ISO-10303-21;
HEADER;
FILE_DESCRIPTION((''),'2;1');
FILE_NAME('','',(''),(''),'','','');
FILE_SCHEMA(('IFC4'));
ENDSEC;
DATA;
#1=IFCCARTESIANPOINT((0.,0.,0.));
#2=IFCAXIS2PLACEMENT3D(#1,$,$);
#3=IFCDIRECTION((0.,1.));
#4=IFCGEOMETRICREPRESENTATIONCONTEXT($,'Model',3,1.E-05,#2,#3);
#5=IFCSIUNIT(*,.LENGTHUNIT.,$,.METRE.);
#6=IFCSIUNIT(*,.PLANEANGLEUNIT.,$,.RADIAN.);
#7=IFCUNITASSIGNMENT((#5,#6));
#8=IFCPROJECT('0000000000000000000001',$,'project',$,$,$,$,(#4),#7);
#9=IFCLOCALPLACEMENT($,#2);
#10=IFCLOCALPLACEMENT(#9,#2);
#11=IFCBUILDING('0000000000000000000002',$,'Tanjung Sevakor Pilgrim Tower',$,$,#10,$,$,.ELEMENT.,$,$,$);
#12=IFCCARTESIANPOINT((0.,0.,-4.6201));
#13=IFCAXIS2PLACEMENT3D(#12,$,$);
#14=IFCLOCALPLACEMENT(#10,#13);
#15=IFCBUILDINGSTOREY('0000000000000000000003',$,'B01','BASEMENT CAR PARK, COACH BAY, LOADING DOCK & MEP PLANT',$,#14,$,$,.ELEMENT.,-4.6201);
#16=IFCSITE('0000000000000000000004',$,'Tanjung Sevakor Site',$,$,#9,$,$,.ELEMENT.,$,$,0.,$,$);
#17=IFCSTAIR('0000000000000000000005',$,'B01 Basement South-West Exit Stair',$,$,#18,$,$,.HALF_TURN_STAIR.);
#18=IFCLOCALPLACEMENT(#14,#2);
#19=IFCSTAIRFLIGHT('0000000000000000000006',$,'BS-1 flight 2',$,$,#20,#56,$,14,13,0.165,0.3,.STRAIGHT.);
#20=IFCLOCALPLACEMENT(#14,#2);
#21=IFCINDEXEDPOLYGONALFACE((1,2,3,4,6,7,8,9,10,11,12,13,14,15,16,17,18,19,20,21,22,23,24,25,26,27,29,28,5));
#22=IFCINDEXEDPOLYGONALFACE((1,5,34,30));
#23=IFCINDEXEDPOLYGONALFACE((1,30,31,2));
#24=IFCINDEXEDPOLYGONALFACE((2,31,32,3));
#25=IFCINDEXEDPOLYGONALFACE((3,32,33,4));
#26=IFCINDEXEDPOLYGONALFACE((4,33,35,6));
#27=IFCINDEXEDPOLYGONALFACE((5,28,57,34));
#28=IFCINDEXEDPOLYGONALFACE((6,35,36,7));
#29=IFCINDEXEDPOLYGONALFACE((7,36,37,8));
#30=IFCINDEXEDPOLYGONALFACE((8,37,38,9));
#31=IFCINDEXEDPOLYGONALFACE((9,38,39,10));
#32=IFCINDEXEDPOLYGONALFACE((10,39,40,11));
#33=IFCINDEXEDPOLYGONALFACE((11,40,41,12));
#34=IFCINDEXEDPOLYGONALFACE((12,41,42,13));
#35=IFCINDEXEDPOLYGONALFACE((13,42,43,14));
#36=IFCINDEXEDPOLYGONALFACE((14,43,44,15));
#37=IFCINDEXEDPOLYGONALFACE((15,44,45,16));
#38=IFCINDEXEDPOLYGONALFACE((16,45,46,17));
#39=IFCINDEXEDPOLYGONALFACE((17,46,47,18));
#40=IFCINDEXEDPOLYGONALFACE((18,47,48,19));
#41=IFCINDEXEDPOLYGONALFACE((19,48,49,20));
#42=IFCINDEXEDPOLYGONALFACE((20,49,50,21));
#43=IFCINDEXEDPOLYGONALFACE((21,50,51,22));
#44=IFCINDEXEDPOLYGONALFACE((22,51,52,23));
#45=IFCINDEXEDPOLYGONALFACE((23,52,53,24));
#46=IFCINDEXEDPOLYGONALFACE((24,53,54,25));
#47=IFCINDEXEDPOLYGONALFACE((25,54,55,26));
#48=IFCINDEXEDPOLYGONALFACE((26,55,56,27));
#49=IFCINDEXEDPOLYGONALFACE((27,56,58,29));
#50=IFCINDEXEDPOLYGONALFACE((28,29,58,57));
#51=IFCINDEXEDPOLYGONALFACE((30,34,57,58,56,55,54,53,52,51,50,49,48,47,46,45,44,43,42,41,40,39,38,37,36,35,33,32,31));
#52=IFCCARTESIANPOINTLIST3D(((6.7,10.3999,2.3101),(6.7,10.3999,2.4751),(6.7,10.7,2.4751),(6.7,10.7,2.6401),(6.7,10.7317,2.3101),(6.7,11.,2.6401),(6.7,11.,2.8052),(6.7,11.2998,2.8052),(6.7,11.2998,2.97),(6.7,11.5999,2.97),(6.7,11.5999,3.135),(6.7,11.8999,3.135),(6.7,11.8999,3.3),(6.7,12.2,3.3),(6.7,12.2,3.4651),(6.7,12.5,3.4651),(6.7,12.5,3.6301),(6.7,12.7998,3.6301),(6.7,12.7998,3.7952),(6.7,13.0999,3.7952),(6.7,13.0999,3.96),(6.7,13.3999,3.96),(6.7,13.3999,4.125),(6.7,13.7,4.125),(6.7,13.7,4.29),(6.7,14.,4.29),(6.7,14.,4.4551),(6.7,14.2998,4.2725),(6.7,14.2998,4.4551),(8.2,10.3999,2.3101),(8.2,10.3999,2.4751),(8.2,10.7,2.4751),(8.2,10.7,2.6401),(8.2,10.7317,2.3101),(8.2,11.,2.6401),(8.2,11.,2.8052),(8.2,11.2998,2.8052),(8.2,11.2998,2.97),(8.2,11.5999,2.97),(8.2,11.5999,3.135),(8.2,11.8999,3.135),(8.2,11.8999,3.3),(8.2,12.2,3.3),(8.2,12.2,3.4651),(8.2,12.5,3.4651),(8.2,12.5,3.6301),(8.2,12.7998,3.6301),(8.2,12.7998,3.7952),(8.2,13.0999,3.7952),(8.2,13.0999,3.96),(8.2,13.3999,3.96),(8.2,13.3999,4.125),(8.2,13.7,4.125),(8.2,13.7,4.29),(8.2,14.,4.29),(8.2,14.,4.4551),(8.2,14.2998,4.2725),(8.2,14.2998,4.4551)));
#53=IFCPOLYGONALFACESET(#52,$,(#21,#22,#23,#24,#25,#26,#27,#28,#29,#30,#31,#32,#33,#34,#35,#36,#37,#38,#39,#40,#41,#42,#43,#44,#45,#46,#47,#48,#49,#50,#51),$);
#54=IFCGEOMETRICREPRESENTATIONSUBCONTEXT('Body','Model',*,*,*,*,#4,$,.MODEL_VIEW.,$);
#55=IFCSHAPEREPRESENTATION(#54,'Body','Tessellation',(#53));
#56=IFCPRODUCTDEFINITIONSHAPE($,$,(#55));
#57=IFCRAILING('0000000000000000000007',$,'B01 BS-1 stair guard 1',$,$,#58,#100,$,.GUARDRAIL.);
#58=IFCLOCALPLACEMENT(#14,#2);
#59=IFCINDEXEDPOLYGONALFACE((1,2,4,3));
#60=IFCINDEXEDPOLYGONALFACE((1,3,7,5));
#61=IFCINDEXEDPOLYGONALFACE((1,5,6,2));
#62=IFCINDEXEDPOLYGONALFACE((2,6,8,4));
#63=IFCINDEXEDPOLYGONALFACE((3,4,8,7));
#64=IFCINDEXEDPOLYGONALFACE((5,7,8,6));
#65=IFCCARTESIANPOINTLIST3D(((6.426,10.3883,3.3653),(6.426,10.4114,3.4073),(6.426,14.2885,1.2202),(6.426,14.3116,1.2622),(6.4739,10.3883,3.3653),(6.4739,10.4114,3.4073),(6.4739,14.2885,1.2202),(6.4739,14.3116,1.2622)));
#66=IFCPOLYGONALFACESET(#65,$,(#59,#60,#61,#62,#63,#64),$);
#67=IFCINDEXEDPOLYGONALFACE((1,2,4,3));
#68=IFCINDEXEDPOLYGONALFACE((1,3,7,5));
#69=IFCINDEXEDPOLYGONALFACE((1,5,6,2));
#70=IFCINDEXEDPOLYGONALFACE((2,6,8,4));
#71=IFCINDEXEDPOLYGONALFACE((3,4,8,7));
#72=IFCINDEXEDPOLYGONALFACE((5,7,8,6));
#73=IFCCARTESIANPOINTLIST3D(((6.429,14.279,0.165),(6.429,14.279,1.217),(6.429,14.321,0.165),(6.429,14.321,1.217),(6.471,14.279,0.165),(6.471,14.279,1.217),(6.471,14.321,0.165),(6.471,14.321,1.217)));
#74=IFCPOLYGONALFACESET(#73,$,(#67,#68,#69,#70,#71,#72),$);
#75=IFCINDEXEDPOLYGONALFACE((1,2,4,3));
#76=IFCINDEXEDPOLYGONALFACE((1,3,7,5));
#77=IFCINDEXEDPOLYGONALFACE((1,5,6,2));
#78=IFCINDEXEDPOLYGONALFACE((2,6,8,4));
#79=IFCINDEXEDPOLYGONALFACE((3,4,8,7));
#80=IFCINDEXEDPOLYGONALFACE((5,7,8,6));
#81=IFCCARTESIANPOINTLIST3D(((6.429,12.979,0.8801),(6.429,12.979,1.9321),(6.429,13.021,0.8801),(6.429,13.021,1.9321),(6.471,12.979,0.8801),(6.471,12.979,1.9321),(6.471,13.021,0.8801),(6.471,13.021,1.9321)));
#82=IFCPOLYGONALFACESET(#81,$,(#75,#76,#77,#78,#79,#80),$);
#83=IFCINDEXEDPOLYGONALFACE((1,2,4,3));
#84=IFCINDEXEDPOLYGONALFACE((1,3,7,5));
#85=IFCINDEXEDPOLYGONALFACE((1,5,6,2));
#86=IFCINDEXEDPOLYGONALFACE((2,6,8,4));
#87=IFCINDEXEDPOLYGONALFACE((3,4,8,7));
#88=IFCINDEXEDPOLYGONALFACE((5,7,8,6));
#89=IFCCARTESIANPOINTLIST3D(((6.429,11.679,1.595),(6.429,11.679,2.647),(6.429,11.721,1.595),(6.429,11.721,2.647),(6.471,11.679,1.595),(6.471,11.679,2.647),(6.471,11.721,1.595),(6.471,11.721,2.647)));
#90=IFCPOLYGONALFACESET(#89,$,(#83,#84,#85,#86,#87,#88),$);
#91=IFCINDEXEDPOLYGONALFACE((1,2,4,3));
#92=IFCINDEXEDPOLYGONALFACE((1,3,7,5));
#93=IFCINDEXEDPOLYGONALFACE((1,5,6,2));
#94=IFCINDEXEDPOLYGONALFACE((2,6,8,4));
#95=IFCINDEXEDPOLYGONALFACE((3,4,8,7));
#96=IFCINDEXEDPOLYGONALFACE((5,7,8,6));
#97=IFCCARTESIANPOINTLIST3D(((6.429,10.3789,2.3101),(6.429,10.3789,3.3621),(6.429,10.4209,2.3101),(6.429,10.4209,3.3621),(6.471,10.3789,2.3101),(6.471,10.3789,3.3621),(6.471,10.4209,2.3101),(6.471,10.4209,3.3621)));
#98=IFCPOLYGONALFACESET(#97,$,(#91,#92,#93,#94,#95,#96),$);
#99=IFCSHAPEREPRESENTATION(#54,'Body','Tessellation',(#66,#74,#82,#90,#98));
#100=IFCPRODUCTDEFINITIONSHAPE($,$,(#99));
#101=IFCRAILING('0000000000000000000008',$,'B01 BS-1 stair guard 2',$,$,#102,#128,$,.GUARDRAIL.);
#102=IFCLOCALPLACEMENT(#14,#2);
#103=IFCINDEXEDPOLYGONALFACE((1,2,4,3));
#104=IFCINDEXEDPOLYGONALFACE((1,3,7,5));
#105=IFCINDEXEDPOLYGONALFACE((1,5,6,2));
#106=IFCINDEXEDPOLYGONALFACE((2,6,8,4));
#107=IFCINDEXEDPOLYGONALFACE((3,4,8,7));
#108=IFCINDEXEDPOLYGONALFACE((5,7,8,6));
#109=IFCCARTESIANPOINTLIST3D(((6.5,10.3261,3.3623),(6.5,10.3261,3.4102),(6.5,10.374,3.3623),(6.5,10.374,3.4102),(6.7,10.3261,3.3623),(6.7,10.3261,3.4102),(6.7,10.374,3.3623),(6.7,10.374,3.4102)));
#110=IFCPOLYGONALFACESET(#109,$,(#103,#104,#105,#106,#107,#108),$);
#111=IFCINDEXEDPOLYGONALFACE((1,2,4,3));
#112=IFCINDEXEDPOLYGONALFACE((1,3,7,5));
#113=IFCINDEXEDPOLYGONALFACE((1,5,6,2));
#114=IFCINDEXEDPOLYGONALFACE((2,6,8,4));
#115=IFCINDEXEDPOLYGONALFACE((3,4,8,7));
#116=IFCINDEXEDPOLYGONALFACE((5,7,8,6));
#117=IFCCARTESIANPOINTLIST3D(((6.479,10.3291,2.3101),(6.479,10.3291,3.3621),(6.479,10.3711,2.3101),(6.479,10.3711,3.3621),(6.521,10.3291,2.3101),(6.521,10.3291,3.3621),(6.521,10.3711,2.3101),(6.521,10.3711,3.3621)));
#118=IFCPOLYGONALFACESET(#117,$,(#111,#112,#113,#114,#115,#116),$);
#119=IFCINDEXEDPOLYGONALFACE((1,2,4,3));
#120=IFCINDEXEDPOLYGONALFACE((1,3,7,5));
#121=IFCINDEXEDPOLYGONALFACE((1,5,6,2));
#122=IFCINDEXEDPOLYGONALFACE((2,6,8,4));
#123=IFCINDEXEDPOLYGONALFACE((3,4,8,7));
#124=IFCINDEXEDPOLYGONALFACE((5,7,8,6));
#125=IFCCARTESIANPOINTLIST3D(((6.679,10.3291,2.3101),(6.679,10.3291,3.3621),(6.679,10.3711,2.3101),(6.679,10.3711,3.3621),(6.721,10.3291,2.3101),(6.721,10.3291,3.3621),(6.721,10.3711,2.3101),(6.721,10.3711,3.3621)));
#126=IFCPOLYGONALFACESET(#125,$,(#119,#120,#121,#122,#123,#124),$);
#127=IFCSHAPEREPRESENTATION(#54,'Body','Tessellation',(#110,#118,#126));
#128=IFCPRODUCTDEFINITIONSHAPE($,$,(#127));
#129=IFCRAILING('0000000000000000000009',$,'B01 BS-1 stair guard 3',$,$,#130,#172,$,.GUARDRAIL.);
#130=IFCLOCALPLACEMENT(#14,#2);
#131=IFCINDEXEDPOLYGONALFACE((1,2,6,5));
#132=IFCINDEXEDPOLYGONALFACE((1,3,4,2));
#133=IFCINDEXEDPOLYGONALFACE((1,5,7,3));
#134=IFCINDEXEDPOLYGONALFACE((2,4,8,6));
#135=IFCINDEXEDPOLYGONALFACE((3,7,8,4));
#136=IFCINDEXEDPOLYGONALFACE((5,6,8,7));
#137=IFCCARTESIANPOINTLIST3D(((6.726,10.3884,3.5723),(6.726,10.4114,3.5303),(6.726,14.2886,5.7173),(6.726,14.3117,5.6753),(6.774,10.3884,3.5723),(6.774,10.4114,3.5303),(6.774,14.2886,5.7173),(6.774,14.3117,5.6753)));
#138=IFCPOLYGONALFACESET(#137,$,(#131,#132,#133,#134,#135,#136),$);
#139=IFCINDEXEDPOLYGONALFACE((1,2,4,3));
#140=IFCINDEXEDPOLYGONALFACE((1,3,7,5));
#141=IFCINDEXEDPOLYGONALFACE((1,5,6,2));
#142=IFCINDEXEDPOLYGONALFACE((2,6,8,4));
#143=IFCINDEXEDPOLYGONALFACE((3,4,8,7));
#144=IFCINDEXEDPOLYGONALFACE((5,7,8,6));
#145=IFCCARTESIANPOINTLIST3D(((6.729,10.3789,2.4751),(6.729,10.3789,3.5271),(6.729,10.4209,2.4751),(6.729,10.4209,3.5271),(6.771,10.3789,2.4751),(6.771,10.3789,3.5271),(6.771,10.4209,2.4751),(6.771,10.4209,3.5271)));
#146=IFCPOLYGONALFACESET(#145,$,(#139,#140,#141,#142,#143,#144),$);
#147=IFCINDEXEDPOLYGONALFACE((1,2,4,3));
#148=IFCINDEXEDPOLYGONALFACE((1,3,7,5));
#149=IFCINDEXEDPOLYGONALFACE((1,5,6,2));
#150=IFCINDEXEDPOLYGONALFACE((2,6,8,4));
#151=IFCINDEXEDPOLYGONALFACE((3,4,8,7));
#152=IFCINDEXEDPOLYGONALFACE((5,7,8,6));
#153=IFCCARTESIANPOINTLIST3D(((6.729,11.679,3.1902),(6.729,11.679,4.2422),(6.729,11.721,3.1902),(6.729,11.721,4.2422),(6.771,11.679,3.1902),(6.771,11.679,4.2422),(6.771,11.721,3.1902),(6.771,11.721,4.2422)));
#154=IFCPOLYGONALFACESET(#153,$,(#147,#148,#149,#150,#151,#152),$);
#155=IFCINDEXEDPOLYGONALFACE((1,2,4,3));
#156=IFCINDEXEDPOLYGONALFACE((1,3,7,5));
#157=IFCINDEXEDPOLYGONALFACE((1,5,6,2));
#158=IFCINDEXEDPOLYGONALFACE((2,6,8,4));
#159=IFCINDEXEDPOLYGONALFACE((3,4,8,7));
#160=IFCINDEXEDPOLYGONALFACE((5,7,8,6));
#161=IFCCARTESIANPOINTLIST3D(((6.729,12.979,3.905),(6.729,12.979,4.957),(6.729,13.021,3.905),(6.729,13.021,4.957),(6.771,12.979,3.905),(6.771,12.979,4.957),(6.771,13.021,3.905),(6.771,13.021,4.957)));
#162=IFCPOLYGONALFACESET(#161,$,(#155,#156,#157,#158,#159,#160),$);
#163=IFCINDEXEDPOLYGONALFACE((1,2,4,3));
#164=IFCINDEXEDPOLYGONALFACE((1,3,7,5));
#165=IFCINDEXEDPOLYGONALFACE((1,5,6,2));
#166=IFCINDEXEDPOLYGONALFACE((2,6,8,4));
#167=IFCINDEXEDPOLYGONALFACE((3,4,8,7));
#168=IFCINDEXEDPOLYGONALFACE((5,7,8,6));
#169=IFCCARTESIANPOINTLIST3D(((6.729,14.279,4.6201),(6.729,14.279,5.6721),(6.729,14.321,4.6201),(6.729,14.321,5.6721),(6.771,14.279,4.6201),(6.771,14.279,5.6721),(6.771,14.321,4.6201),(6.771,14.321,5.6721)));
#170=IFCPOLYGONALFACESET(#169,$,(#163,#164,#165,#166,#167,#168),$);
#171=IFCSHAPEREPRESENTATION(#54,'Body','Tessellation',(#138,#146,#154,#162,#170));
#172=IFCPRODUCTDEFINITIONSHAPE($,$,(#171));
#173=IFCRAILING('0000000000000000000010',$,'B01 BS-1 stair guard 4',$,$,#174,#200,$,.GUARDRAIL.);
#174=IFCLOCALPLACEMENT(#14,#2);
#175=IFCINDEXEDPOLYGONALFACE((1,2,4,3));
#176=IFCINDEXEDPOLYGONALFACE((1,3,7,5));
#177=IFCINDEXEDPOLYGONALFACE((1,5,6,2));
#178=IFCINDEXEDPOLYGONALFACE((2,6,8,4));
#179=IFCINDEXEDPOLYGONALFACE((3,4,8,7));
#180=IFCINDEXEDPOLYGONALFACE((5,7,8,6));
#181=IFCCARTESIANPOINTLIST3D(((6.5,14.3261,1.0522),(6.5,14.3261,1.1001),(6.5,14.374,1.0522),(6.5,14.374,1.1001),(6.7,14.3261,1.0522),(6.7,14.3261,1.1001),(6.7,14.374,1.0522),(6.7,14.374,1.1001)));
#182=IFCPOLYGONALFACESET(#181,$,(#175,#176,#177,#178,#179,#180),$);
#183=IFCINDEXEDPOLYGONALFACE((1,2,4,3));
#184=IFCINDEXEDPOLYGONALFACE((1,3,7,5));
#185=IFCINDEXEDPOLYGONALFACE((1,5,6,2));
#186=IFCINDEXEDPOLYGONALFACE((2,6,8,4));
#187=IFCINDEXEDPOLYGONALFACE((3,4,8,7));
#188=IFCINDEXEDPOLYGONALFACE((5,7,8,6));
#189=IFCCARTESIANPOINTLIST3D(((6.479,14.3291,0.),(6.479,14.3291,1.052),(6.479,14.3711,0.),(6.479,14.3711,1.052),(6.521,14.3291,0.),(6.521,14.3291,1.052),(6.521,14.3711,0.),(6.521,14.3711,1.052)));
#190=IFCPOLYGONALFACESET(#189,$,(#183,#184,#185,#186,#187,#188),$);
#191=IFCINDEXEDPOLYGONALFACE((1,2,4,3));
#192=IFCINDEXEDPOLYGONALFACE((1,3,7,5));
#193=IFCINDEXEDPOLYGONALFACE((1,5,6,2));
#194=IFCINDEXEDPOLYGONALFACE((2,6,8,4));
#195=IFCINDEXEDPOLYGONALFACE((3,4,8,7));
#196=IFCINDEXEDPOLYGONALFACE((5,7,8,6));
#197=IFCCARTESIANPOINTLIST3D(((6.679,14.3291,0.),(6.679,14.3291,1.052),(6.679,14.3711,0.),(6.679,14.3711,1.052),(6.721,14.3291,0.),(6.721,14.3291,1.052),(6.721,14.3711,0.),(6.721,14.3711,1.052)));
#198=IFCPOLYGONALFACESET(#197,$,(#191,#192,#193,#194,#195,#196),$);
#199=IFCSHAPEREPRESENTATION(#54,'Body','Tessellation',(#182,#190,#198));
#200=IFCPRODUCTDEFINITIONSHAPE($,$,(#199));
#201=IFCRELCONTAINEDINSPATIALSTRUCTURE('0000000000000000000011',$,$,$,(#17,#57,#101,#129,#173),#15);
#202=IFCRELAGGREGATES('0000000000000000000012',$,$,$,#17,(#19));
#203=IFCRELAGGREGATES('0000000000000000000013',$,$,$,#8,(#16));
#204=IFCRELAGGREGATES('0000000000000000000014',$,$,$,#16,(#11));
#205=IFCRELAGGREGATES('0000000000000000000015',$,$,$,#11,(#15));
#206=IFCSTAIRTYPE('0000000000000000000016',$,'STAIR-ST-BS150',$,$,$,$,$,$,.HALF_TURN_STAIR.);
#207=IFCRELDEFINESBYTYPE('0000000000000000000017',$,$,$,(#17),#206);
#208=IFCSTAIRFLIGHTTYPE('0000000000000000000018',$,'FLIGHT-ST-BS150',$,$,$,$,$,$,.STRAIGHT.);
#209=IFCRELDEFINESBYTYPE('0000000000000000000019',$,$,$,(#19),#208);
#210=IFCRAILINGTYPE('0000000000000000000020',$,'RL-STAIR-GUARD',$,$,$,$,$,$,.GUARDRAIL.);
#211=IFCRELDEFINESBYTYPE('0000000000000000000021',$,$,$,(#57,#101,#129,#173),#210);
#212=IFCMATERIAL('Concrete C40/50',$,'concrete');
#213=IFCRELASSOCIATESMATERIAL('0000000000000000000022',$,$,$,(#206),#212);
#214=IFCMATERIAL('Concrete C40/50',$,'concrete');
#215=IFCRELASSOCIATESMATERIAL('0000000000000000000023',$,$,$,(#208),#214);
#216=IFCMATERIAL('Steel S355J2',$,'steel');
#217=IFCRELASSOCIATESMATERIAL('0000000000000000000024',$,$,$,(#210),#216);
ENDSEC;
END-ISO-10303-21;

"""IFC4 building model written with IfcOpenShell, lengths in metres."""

from ifc_helpers import new_model, si_unit, direction, frame, origin, place, context, subcontext, project, spatial, polyline, rectangle, outline, extrude, material, type_object, element, aggregate, save


model = new_model("IFC4")

# Units and contexts
model_context = context("Model", 3, precision=1e-05, world=origin(), true_north=direction((0.0, 1.0)))
body_context = subcontext(model_context, "Body", "Model", "MODEL_VIEW")
ifc_project = project(units=[si_unit("LENGTHUNIT", "METRE"), si_unit("PLANEANGLEUNIT", "RADIAN")], contexts=[model_context])

# Site, building, storey
site_placement = place(None, origin())
site = spatial("IfcSite", under=ifc_project, at=site_placement, Name="Tanjung Sevakor Site", CompositionType="ELEMENT", RefElevation=0.0)
building_placement = place(site_placement, origin())
building = spatial("IfcBuilding", under=site, at=building_placement, Name="Tanjung Sevakor Pilgrim Tower", CompositionType="ELEMENT")
storey_placement = place(building_placement, frame((0.0, 0.0, -4.6201)))
storey = spatial("IfcBuildingStorey", under=building, at=storey_placement, Name="B01", Description="BASEMENT CAR PARK, COACH BAY, LOADING DOCK & MEP PLANT", CompositionType="ELEMENT", Elevation=-4.6201)

# Stair, stair flight
ifc_material_1 = material(Name="Concrete C40/50", Category="concrete")
stair_type = type_object("IfcStairType", Name="STAIR-ST-BS150", PredefinedType="HALF_TURN_STAIR", material=ifc_material_1)
stair_placement = place(storey_placement, origin())
stair = element("IfcStair", 1, at=stair_placement, inside=storey, type_object=stair_type, Name="B01 Basement South-West Exit Stair", PredefinedType="HALF_TURN_STAIR")
ifc_material_2 = material(Name="Concrete C40/50", Category="concrete")
stair_flight_type = type_object("IfcStairFlightType", Name="FLIGHT-ST-BS150", PredefinedType="STRAIGHT", material=ifc_material_2)
stair_flight_1_placement = place(storey_placement, frame((7.45, 10.3999, 2.3101), z_axis=(0.0, 0.0, 1.0), x_axis=(0.0, 1.0, 0.0)))
stair_flight_1 = element("IfcStairFlight", 2, at=stair_flight_1_placement, type_object=stair_flight_type, Name="BS-1 flight 2", NumberOfRisers=14, NumberOfTreads=13, PredefinedType="STRAIGHT", RiserHeight=0.165, TreadLength=0.3, context=body_context, shape_type="SweptSolid", body=[
    extrude(outline(polyline([(0.0, 0.0), (0.0, 0.165), (0.3, 0.165), (0.3, 0.3301), (0.6001, 0.3301), (0.6001, 0.4951), (0.8999, 0.4951), (0.8999, 0.6599), (1.2, 0.6599), (1.2, 0.825), (1.5, 0.825), (1.5, 0.99), (1.8, 0.99), (1.8, 1.155), (2.1001, 1.155), (2.1001, 1.3201), (2.3999, 1.3201), (2.3999, 1.4851), (2.7, 1.4851), (2.7, 1.6499), (3.0, 1.6499), (3.0, 1.8149), (3.3, 1.8149), (3.3, 1.98), (3.6001, 1.98), (3.6001, 2.145), (3.8999, 2.145), (3.8999, 2.3101), (3.8999, 1.9624), (0.3318, 0.0), (0.0, 0.0)])), frame((0.0, 0.75, 0.0), z_axis=(0.0, -1.0, 0.0), x_axis=(1.0, 0.0, 0.0)), (0.0, 0.0, 1.0), 1.5),
])
aggregate(stair, [stair_flight_1])

# Railings
ifc_material_3 = material(Name="Steel S355J2", Category="steel")
railing_type_1 = type_object("IfcRailingType", Name="RL-STAIR-GUARD", PredefinedType="GUARDRAIL", material=ifc_material_3)
railing_1_placement = place(storey_placement, frame((6.45, 14.3, 0.165)))
element("IfcRailing", 3, at=railing_1_placement, inside=storey, type_object=railing_type_1, Name="B01 BS-1 stair guard 1", PredefinedType="GUARDRAIL", context=body_context, shape_type="SweptSolid", body=[
    extrude(rectangle(XDim=0.0479, YDim=0.0479), frame((0.0, 0.0, 1.0762), z_axis=(0.0, -0.876222, 0.481908), x_axis=(1.0, 0.0, 0.0)), (0.0, 0.0, 1.0), 4.4512),
    extrude(rectangle(XDim=0.042, YDim=0.042), origin(), (0.0, 0.0, 1.0), 1.052),
    extrude(rectangle(XDim=0.042, YDim=0.042), frame((0.0, -1.3, 0.7151)), (0.0, 0.0, 1.0), 1.052),
    extrude(rectangle(XDim=0.042, YDim=0.042), frame((0.0, -2.6001, 1.4299)), (0.0, 0.0, 1.0), 1.052),
    extrude(rectangle(XDim=0.042, YDim=0.042), frame((0.0, -3.9001, 2.145)), (0.0, 0.0, 1.0), 1.052),
])
railing_2_placement = place(storey_placement, frame((6.5, 10.3501, 2.3101)))
element("IfcRailing", 4, at=railing_2_placement, inside=storey, type_object=railing_type_1, Name="B01 BS-1 stair guard 2", PredefinedType="GUARDRAIL", context=body_context, shape_type="SweptSolid", body=[
    extrude(rectangle(XDim=0.0479, YDim=0.0479), frame((0.0, 0.0, 1.0762), z_axis=(1.0, 0.0, 0.0), x_axis=(0.0, 1.0, 0.0)), (0.0, 0.0, 1.0), 0.2),
    extrude(rectangle(XDim=0.042, YDim=0.042), origin(), (0.0, 0.0, 1.0), 1.052),
    extrude(rectangle(XDim=0.042, YDim=0.042), frame((0.2, 0.0, 0.0)), (0.0, 0.0, 1.0), 1.052),
])
railing_3_placement = place(storey_placement, frame((6.75, 10.3999, 2.4751)))
element("IfcRailing", 5, at=railing_3_placement, inside=storey, type_object=railing_type_1, Name="B01 BS-1 stair guard 3", PredefinedType="GUARDRAIL", context=body_context, shape_type="SweptSolid", body=[
    extrude(rectangle(XDim=0.0479, YDim=0.0479), frame((0.0, 0.0, 1.0762), z_axis=(0.0, 0.876222, 0.481908), x_axis=(-1.0, 0.0, 0.0)), (0.0, 0.0, 1.0), 4.4512),
    extrude(rectangle(XDim=0.042, YDim=0.042), origin(), (0.0, 0.0, 1.0), 1.052),
    extrude(rectangle(XDim=0.042, YDim=0.042), frame((0.0, 1.3, 0.7151)), (0.0, 0.0, 1.0), 1.052),
    extrude(rectangle(XDim=0.042, YDim=0.042), frame((0.0, 2.6001, 1.4299)), (0.0, 0.0, 1.0), 1.052),
    extrude(rectangle(XDim=0.042, YDim=0.042), frame((0.0, 3.9001, 2.145)), (0.0, 0.0, 1.0), 1.052),
])
railing_4_placement = place(storey_placement, frame((6.5, 14.3501, 0.0)))
element("IfcRailing", 6, at=railing_4_placement, inside=storey, type_object=railing_type_1, Name="B01 BS-1 stair guard 4", PredefinedType="GUARDRAIL", context=body_context, shape_type="SweptSolid", body=[
    extrude(rectangle(XDim=0.0479, YDim=0.0479), frame((0.0, 0.0, 1.0762), z_axis=(1.0, 0.0, 0.0), x_axis=(0.0, 1.0, 0.0)), (0.0, 0.0, 1.0), 0.2),
    extrude(rectangle(XDim=0.042, YDim=0.042), origin(), (0.0, 0.0, 1.0), 1.052),
    extrude(rectangle(XDim=0.042, YDim=0.042), frame((0.2, 0.0, 0.0)), (0.0, 0.0, 1.0), 1.052),
])

save(model, "model.ifc")
